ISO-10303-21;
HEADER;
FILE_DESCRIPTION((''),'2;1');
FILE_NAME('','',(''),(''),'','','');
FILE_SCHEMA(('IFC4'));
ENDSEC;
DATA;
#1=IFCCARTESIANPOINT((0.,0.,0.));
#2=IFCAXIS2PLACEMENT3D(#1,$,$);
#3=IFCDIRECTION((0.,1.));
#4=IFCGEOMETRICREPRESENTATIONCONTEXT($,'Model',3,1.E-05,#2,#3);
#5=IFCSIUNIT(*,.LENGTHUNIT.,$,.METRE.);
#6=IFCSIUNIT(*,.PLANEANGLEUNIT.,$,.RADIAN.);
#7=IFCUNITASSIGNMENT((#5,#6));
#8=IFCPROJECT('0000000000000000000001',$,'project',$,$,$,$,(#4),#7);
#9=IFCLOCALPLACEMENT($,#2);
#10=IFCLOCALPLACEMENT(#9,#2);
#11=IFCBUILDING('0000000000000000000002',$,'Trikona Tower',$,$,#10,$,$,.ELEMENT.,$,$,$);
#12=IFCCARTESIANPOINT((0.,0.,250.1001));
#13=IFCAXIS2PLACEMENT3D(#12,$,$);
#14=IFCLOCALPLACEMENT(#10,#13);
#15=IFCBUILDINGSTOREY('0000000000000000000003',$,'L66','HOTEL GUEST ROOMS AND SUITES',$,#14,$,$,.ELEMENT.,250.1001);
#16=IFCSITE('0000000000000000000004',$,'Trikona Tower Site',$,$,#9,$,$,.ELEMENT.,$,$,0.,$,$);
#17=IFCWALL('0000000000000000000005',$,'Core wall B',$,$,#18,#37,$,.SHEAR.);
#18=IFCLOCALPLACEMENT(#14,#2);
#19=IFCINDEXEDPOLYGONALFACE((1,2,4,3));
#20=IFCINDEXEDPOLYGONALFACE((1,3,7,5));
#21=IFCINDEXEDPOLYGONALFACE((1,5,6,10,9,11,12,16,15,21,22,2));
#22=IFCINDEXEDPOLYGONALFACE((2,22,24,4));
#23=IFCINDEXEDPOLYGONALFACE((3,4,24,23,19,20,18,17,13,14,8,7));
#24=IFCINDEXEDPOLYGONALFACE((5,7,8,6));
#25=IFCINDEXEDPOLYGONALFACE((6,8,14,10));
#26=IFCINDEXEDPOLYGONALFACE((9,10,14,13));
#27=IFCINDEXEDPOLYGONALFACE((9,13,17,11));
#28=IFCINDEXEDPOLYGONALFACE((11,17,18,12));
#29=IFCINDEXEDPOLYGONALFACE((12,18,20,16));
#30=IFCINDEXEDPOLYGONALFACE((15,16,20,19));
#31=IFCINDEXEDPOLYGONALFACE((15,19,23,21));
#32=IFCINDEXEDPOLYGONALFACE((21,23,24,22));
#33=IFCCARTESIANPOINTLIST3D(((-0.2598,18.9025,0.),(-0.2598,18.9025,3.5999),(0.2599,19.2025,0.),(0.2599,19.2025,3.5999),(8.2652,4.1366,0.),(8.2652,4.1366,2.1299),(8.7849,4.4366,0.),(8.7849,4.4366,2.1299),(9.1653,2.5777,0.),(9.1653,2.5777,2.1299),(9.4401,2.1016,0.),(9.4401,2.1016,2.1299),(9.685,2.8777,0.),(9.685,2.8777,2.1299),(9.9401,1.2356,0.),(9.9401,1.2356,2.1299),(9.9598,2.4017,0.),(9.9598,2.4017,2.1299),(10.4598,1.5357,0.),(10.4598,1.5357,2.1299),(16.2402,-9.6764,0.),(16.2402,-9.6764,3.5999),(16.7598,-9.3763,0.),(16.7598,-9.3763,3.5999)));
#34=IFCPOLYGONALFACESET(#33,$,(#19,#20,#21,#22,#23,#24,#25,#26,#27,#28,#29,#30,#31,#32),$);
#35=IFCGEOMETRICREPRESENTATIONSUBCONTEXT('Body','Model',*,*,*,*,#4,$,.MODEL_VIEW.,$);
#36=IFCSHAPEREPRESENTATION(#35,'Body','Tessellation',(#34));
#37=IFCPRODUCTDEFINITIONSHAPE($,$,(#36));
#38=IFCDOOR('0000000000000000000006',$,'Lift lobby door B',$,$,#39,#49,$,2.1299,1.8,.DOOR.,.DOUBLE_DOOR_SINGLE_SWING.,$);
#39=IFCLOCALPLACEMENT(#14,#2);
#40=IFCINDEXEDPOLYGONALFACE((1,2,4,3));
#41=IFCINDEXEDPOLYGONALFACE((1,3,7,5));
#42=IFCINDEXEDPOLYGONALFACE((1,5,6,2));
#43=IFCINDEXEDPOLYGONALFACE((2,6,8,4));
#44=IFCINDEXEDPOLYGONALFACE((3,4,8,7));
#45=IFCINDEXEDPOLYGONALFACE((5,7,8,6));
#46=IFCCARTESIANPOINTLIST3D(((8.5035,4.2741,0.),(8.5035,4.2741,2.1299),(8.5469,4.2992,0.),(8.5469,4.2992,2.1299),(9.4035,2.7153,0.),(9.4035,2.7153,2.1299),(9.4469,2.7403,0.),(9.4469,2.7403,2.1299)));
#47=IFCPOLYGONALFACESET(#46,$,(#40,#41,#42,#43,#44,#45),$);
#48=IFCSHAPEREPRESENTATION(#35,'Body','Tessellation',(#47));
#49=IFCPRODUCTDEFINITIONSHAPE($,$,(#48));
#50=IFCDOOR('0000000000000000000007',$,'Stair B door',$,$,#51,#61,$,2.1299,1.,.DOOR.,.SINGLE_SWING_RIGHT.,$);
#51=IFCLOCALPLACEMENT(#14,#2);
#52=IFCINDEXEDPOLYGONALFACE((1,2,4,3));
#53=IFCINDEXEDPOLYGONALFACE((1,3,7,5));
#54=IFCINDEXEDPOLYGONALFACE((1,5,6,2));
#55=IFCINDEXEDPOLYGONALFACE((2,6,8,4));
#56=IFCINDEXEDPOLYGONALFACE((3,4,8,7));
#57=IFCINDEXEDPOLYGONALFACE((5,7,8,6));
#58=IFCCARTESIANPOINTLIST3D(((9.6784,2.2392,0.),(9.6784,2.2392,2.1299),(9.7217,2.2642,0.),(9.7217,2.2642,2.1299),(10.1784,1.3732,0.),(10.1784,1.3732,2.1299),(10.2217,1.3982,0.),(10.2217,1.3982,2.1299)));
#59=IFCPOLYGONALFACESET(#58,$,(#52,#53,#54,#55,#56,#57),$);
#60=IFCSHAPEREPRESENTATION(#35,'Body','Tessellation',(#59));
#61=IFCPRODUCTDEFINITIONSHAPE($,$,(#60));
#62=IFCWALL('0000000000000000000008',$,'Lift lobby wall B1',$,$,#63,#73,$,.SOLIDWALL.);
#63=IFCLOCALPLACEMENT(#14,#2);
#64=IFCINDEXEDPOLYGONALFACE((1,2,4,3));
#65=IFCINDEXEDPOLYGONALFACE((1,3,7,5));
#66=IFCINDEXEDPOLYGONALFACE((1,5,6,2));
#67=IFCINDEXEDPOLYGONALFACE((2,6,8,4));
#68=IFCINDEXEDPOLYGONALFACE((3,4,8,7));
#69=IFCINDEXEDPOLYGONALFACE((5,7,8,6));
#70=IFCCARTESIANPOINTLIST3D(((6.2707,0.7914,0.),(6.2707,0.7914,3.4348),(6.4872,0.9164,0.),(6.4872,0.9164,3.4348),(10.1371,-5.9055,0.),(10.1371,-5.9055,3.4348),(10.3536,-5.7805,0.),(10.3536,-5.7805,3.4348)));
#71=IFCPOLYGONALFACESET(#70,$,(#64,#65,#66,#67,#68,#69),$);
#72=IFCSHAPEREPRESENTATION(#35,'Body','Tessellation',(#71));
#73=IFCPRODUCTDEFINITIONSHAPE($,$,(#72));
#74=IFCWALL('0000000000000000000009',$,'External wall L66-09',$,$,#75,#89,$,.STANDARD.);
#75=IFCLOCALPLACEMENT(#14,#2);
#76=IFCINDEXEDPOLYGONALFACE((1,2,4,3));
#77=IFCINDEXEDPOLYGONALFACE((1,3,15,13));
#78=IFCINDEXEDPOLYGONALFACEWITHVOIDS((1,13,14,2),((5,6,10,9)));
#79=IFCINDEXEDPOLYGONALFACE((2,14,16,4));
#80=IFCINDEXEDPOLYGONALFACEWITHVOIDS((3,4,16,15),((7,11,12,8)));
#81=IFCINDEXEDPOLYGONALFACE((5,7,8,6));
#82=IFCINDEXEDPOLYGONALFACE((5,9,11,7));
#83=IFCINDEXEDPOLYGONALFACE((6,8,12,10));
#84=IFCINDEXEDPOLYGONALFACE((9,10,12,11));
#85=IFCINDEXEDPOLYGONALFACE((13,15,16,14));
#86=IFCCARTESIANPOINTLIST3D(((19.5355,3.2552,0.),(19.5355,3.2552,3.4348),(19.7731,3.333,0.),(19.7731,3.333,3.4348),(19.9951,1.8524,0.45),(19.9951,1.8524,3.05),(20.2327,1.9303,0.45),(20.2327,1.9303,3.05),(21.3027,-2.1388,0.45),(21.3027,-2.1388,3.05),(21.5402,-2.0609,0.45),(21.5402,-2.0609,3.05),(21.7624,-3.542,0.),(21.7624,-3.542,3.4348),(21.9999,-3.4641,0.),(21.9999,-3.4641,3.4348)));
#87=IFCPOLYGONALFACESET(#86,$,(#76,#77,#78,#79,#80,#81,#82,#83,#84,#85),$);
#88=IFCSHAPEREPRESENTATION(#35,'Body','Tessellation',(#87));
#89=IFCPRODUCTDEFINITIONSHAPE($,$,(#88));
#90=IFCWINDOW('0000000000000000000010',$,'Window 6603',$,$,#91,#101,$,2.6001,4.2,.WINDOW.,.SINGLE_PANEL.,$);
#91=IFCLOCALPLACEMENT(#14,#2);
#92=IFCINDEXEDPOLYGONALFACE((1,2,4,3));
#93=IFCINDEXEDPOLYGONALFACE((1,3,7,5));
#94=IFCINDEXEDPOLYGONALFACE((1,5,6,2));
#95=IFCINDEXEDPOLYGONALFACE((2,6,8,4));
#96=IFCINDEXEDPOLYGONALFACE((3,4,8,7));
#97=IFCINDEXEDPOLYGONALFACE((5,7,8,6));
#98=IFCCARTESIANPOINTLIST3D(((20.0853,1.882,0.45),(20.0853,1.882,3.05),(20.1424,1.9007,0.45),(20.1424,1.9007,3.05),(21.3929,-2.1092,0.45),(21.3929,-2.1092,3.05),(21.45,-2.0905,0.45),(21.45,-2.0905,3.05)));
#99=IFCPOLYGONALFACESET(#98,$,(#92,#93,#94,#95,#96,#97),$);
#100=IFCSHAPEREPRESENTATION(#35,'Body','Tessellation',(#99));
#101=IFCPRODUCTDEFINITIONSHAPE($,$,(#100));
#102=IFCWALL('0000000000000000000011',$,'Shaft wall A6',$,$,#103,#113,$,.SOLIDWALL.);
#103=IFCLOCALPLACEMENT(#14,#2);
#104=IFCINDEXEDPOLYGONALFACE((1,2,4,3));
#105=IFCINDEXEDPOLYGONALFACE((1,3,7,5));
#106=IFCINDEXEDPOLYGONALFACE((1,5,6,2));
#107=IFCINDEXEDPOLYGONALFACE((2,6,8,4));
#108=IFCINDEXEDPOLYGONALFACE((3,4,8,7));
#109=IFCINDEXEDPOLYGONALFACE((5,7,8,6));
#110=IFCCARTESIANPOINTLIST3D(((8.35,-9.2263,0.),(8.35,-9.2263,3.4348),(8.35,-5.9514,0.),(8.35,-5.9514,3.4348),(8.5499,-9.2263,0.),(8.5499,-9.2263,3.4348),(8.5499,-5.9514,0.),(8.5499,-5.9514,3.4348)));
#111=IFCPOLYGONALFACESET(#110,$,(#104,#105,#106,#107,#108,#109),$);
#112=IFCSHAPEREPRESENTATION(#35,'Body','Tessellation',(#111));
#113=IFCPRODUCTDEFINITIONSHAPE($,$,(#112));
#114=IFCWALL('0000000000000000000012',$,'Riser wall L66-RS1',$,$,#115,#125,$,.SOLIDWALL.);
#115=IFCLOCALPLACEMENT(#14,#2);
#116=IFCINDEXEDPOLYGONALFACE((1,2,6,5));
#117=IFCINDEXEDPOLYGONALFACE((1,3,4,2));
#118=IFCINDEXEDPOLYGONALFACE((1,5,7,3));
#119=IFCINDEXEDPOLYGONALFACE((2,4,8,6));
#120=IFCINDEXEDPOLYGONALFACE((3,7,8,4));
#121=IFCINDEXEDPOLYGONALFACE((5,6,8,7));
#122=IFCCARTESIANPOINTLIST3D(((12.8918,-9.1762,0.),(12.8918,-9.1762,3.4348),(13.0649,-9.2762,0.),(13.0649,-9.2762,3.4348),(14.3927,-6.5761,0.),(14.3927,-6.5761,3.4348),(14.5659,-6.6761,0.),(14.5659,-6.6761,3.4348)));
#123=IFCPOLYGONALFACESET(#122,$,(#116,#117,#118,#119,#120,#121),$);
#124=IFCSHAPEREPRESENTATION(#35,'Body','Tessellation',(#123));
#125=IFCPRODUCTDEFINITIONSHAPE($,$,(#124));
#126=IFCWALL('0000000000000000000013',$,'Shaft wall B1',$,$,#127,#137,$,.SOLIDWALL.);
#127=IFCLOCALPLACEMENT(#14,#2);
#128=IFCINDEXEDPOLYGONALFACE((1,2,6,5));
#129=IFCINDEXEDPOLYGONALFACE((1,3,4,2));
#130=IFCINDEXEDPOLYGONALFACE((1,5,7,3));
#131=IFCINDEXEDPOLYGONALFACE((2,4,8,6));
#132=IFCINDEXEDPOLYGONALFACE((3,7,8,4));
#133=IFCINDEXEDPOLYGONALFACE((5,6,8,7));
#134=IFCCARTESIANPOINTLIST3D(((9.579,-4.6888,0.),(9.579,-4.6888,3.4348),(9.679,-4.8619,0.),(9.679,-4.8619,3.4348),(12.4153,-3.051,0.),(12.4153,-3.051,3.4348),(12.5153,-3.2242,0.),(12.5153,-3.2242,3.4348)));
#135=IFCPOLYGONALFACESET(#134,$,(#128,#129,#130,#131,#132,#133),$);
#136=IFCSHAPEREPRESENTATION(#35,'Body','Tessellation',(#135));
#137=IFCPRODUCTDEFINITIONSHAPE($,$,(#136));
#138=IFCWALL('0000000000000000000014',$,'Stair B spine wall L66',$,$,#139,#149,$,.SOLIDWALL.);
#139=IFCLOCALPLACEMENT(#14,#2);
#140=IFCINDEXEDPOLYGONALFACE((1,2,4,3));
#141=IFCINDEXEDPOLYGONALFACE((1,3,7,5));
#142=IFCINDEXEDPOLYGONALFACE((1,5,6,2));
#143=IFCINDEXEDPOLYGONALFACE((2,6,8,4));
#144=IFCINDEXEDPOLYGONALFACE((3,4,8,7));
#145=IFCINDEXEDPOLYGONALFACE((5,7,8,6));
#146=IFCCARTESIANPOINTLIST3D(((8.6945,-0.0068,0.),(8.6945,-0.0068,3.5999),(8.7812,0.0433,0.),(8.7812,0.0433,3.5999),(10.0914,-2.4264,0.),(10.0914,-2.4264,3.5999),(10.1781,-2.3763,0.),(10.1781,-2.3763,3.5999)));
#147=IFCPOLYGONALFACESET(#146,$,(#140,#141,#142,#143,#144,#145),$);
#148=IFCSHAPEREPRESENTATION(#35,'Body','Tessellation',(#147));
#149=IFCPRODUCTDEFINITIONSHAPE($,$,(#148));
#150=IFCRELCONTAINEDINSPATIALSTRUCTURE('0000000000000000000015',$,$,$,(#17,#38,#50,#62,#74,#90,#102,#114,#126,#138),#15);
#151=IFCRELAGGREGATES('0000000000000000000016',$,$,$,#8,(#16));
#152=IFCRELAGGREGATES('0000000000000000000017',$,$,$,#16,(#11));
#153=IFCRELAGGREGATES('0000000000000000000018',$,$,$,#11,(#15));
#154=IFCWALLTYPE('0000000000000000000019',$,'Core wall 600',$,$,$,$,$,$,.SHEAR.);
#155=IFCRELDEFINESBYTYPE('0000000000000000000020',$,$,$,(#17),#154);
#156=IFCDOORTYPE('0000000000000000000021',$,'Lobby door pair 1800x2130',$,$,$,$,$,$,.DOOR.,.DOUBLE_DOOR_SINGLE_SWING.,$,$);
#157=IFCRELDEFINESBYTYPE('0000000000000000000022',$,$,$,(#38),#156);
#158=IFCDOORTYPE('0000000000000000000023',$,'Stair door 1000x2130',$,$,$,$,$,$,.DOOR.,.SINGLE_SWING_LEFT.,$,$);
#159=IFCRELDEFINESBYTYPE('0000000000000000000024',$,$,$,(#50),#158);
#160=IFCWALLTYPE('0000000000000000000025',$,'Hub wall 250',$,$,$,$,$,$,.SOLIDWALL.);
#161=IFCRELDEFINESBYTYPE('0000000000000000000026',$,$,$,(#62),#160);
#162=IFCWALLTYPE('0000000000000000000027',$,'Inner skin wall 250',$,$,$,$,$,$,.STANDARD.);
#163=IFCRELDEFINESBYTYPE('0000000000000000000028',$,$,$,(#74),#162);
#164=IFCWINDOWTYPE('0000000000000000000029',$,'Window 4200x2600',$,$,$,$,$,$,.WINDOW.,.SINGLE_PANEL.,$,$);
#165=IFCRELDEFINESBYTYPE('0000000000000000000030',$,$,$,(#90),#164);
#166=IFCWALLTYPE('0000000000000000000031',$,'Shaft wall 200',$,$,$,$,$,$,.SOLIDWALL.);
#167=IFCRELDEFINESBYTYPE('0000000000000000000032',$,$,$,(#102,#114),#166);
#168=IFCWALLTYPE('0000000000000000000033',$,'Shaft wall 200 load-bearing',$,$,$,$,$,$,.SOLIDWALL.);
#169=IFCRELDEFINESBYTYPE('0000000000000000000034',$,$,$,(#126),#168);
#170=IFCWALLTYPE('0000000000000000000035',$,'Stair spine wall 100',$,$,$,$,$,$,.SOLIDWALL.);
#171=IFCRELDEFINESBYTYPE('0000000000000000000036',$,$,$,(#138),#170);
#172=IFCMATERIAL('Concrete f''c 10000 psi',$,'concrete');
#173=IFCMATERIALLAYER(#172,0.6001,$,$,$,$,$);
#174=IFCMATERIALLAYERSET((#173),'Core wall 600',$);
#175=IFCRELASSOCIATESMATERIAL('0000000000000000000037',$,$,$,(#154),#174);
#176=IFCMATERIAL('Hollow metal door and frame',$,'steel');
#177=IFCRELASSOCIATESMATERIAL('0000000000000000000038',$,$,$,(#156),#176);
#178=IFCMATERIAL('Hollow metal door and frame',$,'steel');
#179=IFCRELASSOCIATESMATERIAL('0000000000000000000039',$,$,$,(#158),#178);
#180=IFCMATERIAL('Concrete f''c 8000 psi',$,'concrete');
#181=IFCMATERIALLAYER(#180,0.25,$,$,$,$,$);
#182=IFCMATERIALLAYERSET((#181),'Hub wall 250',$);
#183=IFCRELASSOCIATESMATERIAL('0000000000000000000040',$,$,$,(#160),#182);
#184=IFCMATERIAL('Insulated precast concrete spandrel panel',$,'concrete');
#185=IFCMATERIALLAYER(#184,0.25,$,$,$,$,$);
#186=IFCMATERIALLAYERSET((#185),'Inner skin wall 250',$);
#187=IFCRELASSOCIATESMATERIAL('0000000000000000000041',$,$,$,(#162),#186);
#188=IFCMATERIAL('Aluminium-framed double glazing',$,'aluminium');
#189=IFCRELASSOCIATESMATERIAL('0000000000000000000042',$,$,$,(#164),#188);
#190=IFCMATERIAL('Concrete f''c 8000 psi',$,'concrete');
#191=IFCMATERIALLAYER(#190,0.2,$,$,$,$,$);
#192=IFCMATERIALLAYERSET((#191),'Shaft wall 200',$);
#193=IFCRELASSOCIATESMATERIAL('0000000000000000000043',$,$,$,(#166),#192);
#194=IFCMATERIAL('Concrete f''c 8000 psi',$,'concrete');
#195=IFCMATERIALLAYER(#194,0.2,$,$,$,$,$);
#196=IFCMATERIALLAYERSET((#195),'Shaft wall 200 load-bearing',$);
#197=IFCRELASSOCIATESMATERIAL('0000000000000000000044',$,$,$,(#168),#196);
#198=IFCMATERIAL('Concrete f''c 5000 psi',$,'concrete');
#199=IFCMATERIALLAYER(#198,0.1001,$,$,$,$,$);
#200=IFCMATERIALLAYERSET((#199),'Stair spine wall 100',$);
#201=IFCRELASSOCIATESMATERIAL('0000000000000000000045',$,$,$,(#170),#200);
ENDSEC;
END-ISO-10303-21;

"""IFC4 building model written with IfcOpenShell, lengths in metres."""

from ifc_helpers import new_model, si_unit, direction, frame, frame_2d, origin, place, context, subcontext, project, spatial, rectangle, extrude, material, layer, layer_set, type_object, element, fill, save


model = new_model("IFC4")

# Units and contexts
model_context = context("Model", 3, precision=1e-05, world=origin(), true_north=direction((0.0, 1.0)))
body_context = subcontext(model_context, "Body", "Model", "MODEL_VIEW")
ifc_project = project(units=[si_unit("LENGTHUNIT", "METRE"), si_unit("PLANEANGLEUNIT", "RADIAN")], contexts=[model_context])

# Site, building, storey
site_placement = place(None, origin())
site = spatial("IfcSite", under=ifc_project, at=site_placement, Name="Trikona Tower Site", CompositionType="ELEMENT", RefElevation=0.0)
building_placement = place(site_placement, origin())
building = spatial("IfcBuilding", under=site, at=building_placement, Name="Trikona Tower", CompositionType="ELEMENT")
storey_placement = place(building_placement, frame((0.0, 0.0, 250.1001)))
storey = spatial("IfcBuildingStorey", under=building, at=storey_placement, Name="L66", Description="HOTEL GUEST ROOMS AND SUITES", CompositionType="ELEMENT", Elevation=250.1001)

# Wall, openings, doors
ifc_material_1 = material(Name="Concrete f'c 10000 psi", Category="concrete")
ifc_layer_1 = layer(ifc_material_1, 0.6001)
ifc_layer_set_1 = layer_set([ifc_layer_1], Name="Core wall 600")
wall_type_1 = type_object("IfcWallType", Name="Core wall 600", PredefinedType="SHEAR", material=ifc_layer_set_1)
wall_1_placement = place(storey_placement, frame((16.5, -9.5264, 0.0), z_axis=(0.0, 0.0, 1.0), x_axis=(-0.5, 0.866026, 0.0)))
wall_1 = element("IfcWall", 1, at=wall_1_placement, inside=storey, type_object=wall_type_1, Name="Core wall B", PredefinedType="SHEAR", context=body_context, shape_type="SweptSolid", body=[
    extrude(rectangle(XDim=33.0, YDim=0.6001, at=frame_2d((16.5, 0.0))), origin(), (0.0, 0.0, 1.0), 3.5999),
])
opening_1_placement = place(wall_1_placement, frame((14.1499, 0.0, 0.0)))
opening_1 = element("IfcOpeningElement", 2, at=opening_1_placement, cuts=wall_1, PredefinedType="OPENING", context=body_context, shape_type="SweptSolid", body=[
    extrude(rectangle(XDim=1.8, YDim=2.1299, at=frame_2d((0.8999, 1.0649))), frame((0.0, 0.3101, 0.0), z_axis=(0.0, -1.0, 0.0), x_axis=(1.0, 0.0, 0.0)), (0.0, 0.0, 1.0), 0.6201),
])
opening_2_placement = place(wall_1_placement, frame((12.6001, 0.0, 0.0)))
opening_2 = element("IfcOpeningElement", 3, at=opening_2_placement, cuts=wall_1, PredefinedType="OPENING", context=body_context, shape_type="SweptSolid", body=[
    extrude(rectangle(XDim=1.0, YDim=2.1299, at=frame_2d((0.5, 1.0649))), frame((0.0, 0.3101, 0.0), z_axis=(0.0, -1.0, 0.0), x_axis=(1.0, 0.0, 0.0)), (0.0, 0.0, 1.0), 0.6201),
])
ifc_material_2 = material(Name="Hollow metal door and frame", Category="steel")
door_type_1 = type_object("IfcDoorType", Name="Lobby door pair 1800x2130", OperationType="DOUBLE_DOOR_SINGLE_SWING", PredefinedType="DOOR", material=ifc_material_2)
door_1_placement = place(opening_1_placement, origin())
door_1 = element("IfcDoor", 4, at=door_1_placement, inside=storey, type_object=door_type_1, Name="Lift lobby door B", OperationType="DOUBLE_DOOR_SINGLE_SWING", OverallHeight=2.1299, OverallWidth=1.8, PredefinedType="DOOR", context=body_context, shape_type="SweptSolid", body=[
    extrude(rectangle(XDim=1.8, YDim=2.1299, at=frame_2d((0.8999, 1.0649))), frame((0.0, 0.0249, 0.0), z_axis=(0.0, -1.0, 0.0), x_axis=(1.0, 0.0, 0.0)), (0.0, 0.0, 1.0), 0.05),
])
fill(opening_1, door_1)
ifc_material_3 = material(Name="Hollow metal door and frame", Category="steel")
door_type_2 = type_object("IfcDoorType", Name="Stair door 1000x2130", OperationType="SINGLE_SWING_LEFT", PredefinedType="DOOR", material=ifc_material_3)
door_2_placement = place(opening_2_placement, origin())
door_2 = element("IfcDoor", 5, at=door_2_placement, inside=storey, type_object=door_type_2, Name="Stair B door", OperationType="SINGLE_SWING_RIGHT", OverallHeight=2.1299, OverallWidth=1.0, PredefinedType="DOOR", context=body_context, shape_type="SweptSolid", body=[
    extrude(rectangle(XDim=1.0, YDim=2.1299, at=frame_2d((0.5, 1.0649))), frame((0.0, 0.0249, 0.0), z_axis=(0.0, -1.0, 0.0), x_axis=(1.0, 0.0, 0.0)), (0.0, 0.0, 1.0), 0.05),
])
fill(opening_2, door_2)

# Wall
ifc_material_4 = material(Name="Concrete f'c 8000 psi", Category="concrete")
ifc_layer_2 = layer(ifc_material_4, 0.25)
ifc_layer_set_2 = layer_set([ifc_layer_2], Name="Hub wall 250")
wall_type_2 = type_object("IfcWallType", Name="Hub wall 250", PredefinedType="SOLIDWALL", material=ifc_layer_set_2)
wall_2_placement = place(storey_placement, frame((10.2454, -5.843, 0.0), z_axis=(0.0, 0.0, 1.0), x_axis=(-0.499993, 0.866029, 0.0)))
element("IfcWall", 6, at=wall_2_placement, inside=storey, type_object=wall_type_2, Name="Lift lobby wall B1", PredefinedType="SOLIDWALL", context=body_context, shape_type="SweptSolid", body=[
    extrude(rectangle(XDim=7.7329, YDim=0.25, at=frame_2d((3.8665, 0.0))), origin(), (0.0, 0.0, 1.0), 3.4348),
])

# Wall, opening, window
ifc_material_5 = material(Name="Insulated precast concrete spandrel panel", Category="concrete")
ifc_layer_3 = layer(ifc_material_5, 0.25)
ifc_layer_set_3 = layer_set([ifc_layer_3], Name="Inner skin wall 250")
wall_type_3 = type_object("IfcWallType", Name="Inner skin wall 250", PredefinedType="STANDARD", material=ifc_layer_set_3)
wall_3_placement = place(storey_placement, frame((21.8811, -3.5029, 0.0), z_axis=(0.0, 0.0, 1.0), x_axis=(-0.311329, 0.950302, 0.0)))
wall_3 = element("IfcWall", 7, at=wall_3_placement, inside=storey, type_object=wall_type_3, Name="External wall L66-09", PredefinedType="STANDARD", context=body_context, shape_type="SweptSolid", body=[
    extrude(rectangle(XDim=7.1526, YDim=0.25, at=frame_2d((3.5762, 0.0))), origin(), (0.0, 0.0, 1.0), 3.4348),
])
opening_3_placement = place(wall_3_placement, frame((1.4763, 0.0, 0.45)))
opening_3 = element("IfcOpeningElement", 8, at=opening_3_placement, cuts=wall_3, PredefinedType="OPENING", context=body_context, shape_type="SweptSolid", body=[
    extrude(rectangle(XDim=4.2, YDim=2.6001, at=frame_2d((2.1001, 1.3))), frame((0.0, 0.135, 0.0), z_axis=(0.0, -1.0, 0.0), x_axis=(1.0, 0.0, 0.0)), (0.0, 0.0, 1.0), 0.27),
])
ifc_material_6 = material(Name="Aluminium-framed double glazing", Category="aluminium")
window_type_1 = type_object("IfcWindowType", Name="Window 4200x2600", PartitioningType="SINGLE_PANEL", PredefinedType="WINDOW", material=ifc_material_6)
window_1_placement = place(opening_3_placement, origin())
window_1 = element("IfcWindow", 9, at=window_1_placement, inside=storey, type_object=window_type_1, Name="Window 6603", OverallHeight=2.6001, OverallWidth=4.2, PartitioningType="SINGLE_PANEL", PredefinedType="WINDOW", context=body_context, shape_type="SweptSolid", body=[
    extrude(rectangle(XDim=4.2, YDim=2.6001, at=frame_2d((2.1001, 1.3))), frame((0.0, 0.03, 0.0), z_axis=(0.0, -1.0, 0.0), x_axis=(1.0, 0.0, 0.0)), (0.0, 0.0, 1.0), 0.0601),
])
fill(opening_3, window_1)

# Walls
ifc_material_7 = material(Name="Concrete f'c 8000 psi", Category="concrete")
ifc_layer_4 = layer(ifc_material_7, 0.2)
ifc_layer_set_4 = layer_set([ifc_layer_4], Name="Shaft wall 200")
wall_type_4 = type_object("IfcWallType", Name="Shaft wall 200", PredefinedType="SOLIDWALL", material=ifc_layer_set_4)
wall_4_placement = place(storey_placement, frame((8.45, -5.9514, 0.0), z_axis=(0.0, 0.0, 1.0), x_axis=(0.0, -1.0, 0.0)))
element("IfcWall", 10, at=wall_4_placement, inside=storey, type_object=wall_type_4, Name="Shaft wall A6", PredefinedType="SOLIDWALL", context=body_context, shape_type="SweptSolid", body=[
    extrude(rectangle(XDim=3.2749, YDim=0.2, at=frame_2d((1.6375, 0.0))), origin(), (0.0, 0.0, 1.0), 3.4348),
])
wall_5_placement = place(storey_placement, frame((14.4792, -6.6262, 0.0), z_axis=(0.0, 0.0, 1.0), x_axis=(-0.499952, -0.866053, 0.0)))
element("IfcWall", 11, at=wall_5_placement, inside=storey, type_object=wall_type_4, Name="Riser wall L66-RS1", PredefinedType="SOLIDWALL", context=body_context, shape_type="SweptSolid", body=[
    extrude(rectangle(XDim=3.0022, YDim=0.2, at=frame_2d((1.501, 0.0))), origin(), (0.0, 0.0, 1.0), 3.4348),
])
ifc_material_8 = material(Name="Concrete f'c 8000 psi", Category="concrete")
ifc_layer_5 = layer(ifc_material_8, 0.2)
ifc_layer_set_5 = layer_set([ifc_layer_5], Name="Shaft wall 200 load-bearing")
wall_type_5 = type_object("IfcWallType", Name="Shaft wall 200 load-bearing", PredefinedType="SOLIDWALL", material=ifc_layer_set_5)
wall_6_placement = place(storey_placement, frame((9.6289, -4.7754, 0.0), z_axis=(0.0, 0.0, 1.0), x_axis=(0.865996, 0.500052, 0.0)))
element("IfcWall", 12, at=wall_6_placement, inside=storey, type_object=wall_type_5, Name="Shaft wall B1", PredefinedType="SOLIDWALL", context=body_context, shape_type="SweptSolid", body=[
    extrude(rectangle(XDim=3.2751, YDim=0.2, at=frame_2d((1.6377, 0.0))), origin(), (0.0, 0.0, 1.0), 3.4348),
])
ifc_material_9 = material(Name="Concrete f'c 5000 psi", Category="concrete")
ifc_layer_6 = layer(ifc_material_9, 0.1001)
ifc_layer_set_6 = layer_set([ifc_layer_6], Name="Stair spine wall 100")
wall_type_6 = type_object("IfcWallType", Name="Stair spine wall 100", PredefinedType="SOLIDWALL", material=ifc_layer_set_6)
wall_7_placement = place(storey_placement, frame((10.1348, -2.4014, 0.0), z_axis=(0.0, 0.0, 1.0), x_axis=(-0.499992, 0.86603, 0.0)))
element("IfcWall", 13, at=wall_7_placement, inside=storey, type_object=wall_type_6, Name="Stair B spine wall L66", PredefinedType="SOLIDWALL", context=body_context, shape_type="SweptSolid", body=[
    extrude(rectangle(XDim=2.7939, YDim=0.1001, at=frame_2d((1.397, 0.0))), origin(), (0.0, 0.0, 1.0), 3.5999),
])

save(model, "model.ifc")
